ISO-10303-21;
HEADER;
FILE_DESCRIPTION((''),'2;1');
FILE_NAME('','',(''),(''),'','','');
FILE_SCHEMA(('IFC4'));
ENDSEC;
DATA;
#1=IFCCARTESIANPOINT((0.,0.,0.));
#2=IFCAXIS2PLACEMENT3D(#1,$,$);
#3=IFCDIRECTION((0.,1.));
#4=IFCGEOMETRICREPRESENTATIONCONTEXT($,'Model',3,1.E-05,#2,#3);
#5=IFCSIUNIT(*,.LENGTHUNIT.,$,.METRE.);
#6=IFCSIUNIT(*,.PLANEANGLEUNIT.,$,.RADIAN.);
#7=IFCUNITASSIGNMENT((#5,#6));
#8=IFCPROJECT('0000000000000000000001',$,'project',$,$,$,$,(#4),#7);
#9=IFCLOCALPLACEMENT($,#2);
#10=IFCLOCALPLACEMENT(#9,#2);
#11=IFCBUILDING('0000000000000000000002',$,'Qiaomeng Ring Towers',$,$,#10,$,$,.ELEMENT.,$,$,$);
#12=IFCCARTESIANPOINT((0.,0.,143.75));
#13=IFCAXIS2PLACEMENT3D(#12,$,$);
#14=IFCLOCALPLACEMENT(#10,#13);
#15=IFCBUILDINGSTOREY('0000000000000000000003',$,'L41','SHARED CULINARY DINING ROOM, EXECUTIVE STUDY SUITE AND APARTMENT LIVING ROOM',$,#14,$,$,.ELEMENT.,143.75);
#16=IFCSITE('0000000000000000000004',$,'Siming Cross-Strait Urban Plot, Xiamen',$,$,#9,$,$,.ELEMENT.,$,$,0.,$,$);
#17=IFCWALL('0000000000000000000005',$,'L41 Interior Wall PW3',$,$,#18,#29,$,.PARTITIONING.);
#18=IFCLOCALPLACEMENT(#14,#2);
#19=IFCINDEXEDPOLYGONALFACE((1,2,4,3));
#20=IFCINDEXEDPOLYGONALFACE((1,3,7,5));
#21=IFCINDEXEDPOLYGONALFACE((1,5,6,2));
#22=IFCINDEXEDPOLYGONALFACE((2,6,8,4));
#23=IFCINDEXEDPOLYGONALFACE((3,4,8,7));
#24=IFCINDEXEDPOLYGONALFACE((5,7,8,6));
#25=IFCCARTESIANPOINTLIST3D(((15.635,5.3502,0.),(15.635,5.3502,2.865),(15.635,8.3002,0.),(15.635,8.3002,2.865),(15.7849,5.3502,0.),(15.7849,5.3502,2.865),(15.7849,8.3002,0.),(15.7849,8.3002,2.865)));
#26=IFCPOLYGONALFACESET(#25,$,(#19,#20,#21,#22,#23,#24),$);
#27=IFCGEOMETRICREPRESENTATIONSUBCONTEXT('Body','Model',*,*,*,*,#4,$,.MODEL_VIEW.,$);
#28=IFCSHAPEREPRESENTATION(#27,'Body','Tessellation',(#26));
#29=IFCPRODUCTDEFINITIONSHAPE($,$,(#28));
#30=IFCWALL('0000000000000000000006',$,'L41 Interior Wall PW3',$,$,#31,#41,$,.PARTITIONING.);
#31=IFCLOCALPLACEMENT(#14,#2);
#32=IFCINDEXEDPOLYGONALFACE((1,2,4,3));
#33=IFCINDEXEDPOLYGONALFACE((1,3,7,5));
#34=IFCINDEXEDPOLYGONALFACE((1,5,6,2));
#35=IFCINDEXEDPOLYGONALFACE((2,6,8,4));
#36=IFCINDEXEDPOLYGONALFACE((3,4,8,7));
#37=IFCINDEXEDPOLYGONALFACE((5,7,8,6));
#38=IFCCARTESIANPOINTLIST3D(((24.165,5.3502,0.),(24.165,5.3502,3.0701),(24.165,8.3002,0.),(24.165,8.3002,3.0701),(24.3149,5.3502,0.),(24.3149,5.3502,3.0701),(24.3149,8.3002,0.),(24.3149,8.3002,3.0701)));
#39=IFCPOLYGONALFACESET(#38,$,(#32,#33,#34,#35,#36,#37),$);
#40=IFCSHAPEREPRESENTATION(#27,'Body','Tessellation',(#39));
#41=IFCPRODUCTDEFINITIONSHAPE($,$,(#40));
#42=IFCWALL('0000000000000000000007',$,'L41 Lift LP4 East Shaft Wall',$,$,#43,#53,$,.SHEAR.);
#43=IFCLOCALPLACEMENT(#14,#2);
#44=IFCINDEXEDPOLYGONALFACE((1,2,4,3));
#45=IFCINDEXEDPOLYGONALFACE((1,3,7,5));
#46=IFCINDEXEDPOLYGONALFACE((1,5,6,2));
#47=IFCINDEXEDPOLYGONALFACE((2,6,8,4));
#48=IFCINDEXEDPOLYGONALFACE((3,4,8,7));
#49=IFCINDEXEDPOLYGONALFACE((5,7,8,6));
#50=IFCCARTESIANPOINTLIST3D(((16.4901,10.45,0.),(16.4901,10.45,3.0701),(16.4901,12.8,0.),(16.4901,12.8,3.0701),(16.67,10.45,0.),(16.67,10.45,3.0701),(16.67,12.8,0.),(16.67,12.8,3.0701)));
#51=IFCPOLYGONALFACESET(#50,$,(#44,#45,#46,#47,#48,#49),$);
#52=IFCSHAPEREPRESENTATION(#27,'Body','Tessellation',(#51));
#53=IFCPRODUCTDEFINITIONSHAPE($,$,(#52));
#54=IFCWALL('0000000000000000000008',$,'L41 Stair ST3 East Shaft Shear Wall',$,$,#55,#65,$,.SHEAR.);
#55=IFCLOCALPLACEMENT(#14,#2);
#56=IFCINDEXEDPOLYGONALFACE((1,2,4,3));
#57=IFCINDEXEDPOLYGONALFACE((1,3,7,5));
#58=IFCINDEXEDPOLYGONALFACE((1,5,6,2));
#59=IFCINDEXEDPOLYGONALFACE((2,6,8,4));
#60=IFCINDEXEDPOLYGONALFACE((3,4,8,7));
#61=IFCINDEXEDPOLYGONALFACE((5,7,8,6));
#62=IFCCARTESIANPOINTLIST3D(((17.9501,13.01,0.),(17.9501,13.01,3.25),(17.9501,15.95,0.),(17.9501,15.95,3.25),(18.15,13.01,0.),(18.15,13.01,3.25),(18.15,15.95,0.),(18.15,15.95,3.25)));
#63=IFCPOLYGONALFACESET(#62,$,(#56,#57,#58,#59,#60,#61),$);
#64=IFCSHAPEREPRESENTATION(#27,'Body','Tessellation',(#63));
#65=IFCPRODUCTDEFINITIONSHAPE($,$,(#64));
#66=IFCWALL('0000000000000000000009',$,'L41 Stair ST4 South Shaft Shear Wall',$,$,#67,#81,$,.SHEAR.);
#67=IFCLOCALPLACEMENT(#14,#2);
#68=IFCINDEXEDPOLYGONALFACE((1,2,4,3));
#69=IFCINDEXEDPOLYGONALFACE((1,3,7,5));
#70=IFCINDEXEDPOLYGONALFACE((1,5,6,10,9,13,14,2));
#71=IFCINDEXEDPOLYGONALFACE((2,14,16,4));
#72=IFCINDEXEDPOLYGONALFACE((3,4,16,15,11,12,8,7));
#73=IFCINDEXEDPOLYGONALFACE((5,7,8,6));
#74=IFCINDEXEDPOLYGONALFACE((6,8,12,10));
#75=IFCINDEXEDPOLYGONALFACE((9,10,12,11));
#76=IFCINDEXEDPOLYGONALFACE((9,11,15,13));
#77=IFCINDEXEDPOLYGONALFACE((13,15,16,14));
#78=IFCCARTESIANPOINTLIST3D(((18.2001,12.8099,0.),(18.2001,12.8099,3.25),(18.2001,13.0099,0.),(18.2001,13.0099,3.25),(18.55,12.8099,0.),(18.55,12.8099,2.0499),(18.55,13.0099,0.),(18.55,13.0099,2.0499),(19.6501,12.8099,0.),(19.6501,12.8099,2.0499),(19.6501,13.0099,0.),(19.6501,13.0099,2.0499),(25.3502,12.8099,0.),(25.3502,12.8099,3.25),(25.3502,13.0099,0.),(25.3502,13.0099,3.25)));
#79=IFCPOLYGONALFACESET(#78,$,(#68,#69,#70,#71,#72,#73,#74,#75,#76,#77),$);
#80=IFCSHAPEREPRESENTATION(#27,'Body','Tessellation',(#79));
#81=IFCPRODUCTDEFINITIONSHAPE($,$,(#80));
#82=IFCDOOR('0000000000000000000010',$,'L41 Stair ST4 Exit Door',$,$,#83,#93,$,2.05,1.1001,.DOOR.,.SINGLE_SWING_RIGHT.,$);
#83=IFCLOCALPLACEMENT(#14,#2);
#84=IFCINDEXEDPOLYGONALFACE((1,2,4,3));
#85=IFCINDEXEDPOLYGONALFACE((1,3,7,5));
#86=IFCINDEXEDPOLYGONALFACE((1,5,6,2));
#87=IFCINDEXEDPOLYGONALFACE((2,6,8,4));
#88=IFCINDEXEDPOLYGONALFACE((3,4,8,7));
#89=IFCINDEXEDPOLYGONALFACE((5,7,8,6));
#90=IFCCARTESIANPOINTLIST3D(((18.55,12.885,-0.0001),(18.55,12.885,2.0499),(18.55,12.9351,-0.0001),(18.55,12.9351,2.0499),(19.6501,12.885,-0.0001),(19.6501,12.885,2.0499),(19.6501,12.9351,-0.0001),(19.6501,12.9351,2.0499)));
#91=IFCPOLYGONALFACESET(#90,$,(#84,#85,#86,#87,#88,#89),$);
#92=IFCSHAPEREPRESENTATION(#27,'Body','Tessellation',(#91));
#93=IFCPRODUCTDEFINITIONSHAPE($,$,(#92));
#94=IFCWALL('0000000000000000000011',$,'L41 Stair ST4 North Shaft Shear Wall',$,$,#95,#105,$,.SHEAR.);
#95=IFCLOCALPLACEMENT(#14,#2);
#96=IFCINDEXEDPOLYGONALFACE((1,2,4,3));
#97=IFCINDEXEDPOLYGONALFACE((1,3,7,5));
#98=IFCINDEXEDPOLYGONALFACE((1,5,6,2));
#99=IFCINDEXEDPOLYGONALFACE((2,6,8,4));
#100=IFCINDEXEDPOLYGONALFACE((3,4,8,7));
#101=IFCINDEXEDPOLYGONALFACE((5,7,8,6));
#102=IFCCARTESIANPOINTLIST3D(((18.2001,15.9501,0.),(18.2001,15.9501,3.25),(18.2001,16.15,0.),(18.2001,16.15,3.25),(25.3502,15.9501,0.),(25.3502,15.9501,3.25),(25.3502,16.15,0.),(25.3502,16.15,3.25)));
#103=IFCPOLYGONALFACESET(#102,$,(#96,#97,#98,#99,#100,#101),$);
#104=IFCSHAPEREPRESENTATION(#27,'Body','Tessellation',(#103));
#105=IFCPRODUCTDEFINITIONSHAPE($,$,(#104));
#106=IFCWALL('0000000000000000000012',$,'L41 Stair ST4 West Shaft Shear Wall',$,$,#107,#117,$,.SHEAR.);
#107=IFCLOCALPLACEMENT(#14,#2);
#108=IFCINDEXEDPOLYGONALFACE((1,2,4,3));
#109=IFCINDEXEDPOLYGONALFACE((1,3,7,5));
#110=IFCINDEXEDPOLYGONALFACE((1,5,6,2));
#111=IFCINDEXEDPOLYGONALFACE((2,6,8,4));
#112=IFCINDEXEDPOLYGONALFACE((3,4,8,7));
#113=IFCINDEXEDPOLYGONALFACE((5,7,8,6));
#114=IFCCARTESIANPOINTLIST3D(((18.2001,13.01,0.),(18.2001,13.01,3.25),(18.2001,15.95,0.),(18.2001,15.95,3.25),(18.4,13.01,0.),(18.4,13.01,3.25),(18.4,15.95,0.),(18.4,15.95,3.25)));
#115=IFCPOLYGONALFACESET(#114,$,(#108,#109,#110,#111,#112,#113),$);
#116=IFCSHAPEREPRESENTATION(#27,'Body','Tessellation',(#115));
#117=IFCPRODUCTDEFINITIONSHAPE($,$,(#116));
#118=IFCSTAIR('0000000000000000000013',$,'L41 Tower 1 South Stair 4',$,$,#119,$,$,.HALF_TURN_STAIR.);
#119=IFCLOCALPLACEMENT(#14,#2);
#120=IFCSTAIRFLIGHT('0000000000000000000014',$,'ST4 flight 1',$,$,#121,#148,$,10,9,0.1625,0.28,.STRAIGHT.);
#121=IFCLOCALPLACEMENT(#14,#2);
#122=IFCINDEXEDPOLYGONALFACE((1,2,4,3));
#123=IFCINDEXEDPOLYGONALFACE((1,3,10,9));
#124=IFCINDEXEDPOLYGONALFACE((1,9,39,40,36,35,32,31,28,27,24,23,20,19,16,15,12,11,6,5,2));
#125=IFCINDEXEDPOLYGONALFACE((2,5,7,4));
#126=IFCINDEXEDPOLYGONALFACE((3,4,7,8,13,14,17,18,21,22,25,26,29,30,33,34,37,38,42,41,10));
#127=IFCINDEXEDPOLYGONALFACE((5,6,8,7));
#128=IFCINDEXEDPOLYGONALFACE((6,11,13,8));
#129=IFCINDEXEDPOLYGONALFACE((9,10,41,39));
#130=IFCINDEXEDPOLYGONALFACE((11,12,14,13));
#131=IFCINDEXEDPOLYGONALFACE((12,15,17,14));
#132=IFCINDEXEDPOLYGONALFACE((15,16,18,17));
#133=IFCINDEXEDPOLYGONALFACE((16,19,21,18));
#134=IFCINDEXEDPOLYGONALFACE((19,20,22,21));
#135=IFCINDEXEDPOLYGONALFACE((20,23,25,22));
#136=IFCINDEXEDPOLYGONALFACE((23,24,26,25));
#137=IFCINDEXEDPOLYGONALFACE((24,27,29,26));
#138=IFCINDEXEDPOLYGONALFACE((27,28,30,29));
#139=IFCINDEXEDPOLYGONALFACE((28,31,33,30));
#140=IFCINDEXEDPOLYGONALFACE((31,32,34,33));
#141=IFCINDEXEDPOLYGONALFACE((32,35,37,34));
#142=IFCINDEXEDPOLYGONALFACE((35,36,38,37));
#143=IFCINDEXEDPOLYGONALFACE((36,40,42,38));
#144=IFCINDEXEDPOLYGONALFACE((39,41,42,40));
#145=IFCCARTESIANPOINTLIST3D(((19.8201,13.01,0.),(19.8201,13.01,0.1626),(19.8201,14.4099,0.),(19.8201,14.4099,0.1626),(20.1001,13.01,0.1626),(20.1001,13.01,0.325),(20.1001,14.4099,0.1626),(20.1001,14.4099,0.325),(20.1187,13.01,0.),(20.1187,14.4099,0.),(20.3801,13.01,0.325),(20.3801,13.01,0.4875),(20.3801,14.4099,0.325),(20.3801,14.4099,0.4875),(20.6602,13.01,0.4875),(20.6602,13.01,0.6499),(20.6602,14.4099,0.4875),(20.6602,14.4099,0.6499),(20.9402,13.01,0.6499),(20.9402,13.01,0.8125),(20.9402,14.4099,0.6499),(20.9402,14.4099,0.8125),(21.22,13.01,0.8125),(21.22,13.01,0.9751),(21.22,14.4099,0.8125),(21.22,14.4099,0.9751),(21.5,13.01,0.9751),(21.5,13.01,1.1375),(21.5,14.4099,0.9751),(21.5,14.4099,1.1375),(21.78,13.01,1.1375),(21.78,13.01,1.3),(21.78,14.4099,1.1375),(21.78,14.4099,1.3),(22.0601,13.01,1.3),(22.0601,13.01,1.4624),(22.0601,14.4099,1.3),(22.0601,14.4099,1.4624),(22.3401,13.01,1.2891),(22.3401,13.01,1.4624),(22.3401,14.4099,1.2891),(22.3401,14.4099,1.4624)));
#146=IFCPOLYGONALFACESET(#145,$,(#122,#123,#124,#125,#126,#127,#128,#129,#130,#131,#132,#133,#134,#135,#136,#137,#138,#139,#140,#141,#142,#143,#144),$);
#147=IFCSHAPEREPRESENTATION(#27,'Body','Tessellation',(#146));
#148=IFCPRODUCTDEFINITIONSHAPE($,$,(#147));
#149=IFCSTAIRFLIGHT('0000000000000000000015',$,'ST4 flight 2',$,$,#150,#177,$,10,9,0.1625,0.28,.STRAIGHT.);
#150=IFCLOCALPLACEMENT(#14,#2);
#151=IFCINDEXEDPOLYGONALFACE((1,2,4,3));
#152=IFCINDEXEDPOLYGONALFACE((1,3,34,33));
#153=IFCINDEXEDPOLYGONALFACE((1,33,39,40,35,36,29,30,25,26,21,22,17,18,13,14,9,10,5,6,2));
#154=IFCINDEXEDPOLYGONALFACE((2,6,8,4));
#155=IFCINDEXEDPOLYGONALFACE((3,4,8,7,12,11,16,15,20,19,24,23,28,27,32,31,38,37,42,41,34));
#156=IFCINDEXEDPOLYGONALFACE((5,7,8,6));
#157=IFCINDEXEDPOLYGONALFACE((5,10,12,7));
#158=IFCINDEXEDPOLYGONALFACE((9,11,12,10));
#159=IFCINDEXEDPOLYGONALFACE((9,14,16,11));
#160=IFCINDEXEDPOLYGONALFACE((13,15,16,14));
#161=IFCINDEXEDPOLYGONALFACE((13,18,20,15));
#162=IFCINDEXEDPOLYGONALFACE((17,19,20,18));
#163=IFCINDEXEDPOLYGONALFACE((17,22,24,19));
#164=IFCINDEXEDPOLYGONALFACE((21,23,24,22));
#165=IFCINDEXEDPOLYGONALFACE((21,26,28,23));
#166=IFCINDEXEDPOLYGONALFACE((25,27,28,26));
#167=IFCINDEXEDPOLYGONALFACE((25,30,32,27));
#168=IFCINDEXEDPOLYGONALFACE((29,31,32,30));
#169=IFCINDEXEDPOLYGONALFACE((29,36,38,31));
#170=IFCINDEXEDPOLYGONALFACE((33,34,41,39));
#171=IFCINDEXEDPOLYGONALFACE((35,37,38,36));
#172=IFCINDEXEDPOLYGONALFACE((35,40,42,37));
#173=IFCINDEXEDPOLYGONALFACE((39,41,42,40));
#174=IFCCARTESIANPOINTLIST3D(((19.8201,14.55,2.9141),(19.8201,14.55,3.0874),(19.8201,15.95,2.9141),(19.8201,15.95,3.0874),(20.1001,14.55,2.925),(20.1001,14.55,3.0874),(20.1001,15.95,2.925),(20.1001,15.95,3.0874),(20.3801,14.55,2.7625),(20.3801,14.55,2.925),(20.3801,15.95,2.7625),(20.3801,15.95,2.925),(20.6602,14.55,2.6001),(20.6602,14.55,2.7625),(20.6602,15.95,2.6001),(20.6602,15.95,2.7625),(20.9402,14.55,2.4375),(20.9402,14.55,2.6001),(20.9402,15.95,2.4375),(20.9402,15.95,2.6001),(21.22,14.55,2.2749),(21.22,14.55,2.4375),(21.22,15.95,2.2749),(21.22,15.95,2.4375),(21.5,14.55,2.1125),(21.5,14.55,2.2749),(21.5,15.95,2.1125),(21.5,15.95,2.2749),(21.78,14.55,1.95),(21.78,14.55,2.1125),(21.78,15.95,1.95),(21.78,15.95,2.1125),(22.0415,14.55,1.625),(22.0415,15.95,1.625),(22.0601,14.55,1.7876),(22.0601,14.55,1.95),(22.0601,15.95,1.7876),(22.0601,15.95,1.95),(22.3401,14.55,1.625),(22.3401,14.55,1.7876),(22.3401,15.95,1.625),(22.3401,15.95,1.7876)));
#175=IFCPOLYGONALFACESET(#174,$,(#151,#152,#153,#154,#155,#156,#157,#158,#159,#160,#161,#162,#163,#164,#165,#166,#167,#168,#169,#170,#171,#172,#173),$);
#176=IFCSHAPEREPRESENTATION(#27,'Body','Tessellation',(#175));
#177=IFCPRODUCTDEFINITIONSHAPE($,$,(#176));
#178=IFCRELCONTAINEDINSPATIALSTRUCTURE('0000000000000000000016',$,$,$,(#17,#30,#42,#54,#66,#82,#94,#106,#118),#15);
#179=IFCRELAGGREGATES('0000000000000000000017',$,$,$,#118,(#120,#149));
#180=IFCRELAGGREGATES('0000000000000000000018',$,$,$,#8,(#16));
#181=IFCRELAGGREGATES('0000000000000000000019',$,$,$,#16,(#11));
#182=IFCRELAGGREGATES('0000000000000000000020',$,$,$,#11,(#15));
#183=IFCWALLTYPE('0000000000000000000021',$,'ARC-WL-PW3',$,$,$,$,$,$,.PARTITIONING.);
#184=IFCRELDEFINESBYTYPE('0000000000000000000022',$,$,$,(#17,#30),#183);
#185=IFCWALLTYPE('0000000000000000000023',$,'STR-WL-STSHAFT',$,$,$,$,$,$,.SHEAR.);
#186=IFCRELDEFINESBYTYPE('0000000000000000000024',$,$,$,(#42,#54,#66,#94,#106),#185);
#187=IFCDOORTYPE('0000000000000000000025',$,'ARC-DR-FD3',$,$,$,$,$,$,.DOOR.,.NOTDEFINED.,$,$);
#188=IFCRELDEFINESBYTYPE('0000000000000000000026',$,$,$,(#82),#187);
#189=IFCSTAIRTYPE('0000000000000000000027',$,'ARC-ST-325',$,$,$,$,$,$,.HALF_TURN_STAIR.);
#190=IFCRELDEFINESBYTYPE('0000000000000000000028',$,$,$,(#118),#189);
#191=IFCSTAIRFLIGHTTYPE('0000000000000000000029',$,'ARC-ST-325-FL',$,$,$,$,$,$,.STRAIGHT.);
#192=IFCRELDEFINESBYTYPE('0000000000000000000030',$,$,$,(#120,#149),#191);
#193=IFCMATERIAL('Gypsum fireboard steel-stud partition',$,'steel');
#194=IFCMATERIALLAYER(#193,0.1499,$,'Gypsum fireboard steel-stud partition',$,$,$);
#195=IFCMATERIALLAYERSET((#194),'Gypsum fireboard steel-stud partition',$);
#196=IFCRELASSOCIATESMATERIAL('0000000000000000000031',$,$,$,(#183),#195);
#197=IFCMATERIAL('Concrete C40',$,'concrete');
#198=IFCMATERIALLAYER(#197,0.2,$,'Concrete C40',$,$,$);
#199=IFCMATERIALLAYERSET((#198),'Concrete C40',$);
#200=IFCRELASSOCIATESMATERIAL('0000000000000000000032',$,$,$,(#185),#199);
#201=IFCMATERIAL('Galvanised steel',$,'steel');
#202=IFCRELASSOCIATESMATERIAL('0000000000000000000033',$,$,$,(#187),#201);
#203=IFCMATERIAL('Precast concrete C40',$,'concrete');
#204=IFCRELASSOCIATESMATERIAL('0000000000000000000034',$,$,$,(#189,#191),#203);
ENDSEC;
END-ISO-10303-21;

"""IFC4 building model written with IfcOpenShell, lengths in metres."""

from ifc_helpers import new_model, si_unit, direction, frame, frame_2d, origin, place, context, subcontext, project, spatial, polyline, rectangle, outline, extrude, source, transform, mapped, material, layer, layer_set, type_object, element, fill, aggregate, save


model = new_model("IFC4")

# Units and contexts
model_context = context("Model", 3, precision=1e-05, world=origin(), true_north=direction((0.0, 1.0)))
body_context = subcontext(model_context, "Body", "Model", "MODEL_VIEW")
ifc_project = project(units=[si_unit("LENGTHUNIT", "METRE"), si_unit("PLANEANGLEUNIT", "RADIAN")], contexts=[model_context])

# Site, building, storey
site_placement = place(None, origin())
site = spatial("IfcSite", under=ifc_project, at=site_placement, Name="Siming Cross-Strait Urban Plot, Xiamen", CompositionType="ELEMENT", RefElevation=0.0)
building_placement = place(site_placement, origin())
building = spatial("IfcBuilding", under=site, at=building_placement, Name="Qiaomeng Ring Towers", CompositionType="ELEMENT")
storey_placement = place(building_placement, frame((0.0, 0.0, 143.75)))
storey = spatial("IfcBuildingStorey", under=building, at=storey_placement, Name="L41", Description="SHARED CULINARY DINING ROOM, EXECUTIVE STUDY SUITE AND APARTMENT LIVING ROOM", CompositionType="ELEMENT", Elevation=143.75)

# Walls
ifc_material_1 = material(Name="Gypsum fireboard steel-stud partition", Category="steel")
ifc_layer_1 = layer(ifc_material_1, 0.1499, Name="Gypsum fireboard steel-stud partition")
ifc_layer_set_1 = layer_set([ifc_layer_1], Name="Gypsum fireboard steel-stud partition")
wall_type_1 = type_object("IfcWallType", Name="ARC-WL-PW3", PredefinedType="PARTITIONING", material=ifc_layer_set_1)
wall_1_placement = place(storey_placement, frame((15.71, 5.3501, 0.0), z_axis=(0.0, 0.0, 1.0), x_axis=(0.0, 1.0, 0.0)))
element("IfcWall", 1, at=wall_1_placement, inside=storey, type_object=wall_type_1, Name="L41 Interior Wall PW3", PredefinedType="PARTITIONING", context=body_context, shape_type="SweptSolid", body=[
    extrude(rectangle(XDim=2.95, YDim=0.1499, at=frame_2d((1.4751, 0.0))), origin(), (0.0, 0.0, 1.0), 2.865),
])
wall_2_placement = place(storey_placement, frame((24.24, 5.3501, 0.0), z_axis=(0.0, 0.0, 1.0), x_axis=(0.0, 1.0, 0.0)))
element("IfcWall", 2, at=wall_2_placement, inside=storey, type_object=wall_type_1, Name="L41 Interior Wall PW3", PredefinedType="PARTITIONING", context=body_context, shape_type="SweptSolid", body=[
    extrude(rectangle(XDim=2.95, YDim=0.1499, at=frame_2d((1.4751, 0.0))), origin(), (0.0, 0.0, 1.0), 3.0701),
])
ifc_material_2 = material(Name="Concrete C40", Category="concrete")
ifc_layer_2 = layer(ifc_material_2, 0.2, Name="Concrete C40")
ifc_layer_set_2 = layer_set([ifc_layer_2], Name="Concrete C40")
wall_type_2 = type_object("IfcWallType", Name="STR-WL-STSHAFT", PredefinedType="SHEAR", material=ifc_layer_set_2)
wall_3_placement = place(storey_placement, frame((16.5801, 10.45, 0.0), z_axis=(0.0, 0.0, 1.0), x_axis=(0.0, 1.0, 0.0)))
element("IfcWall", 3, at=wall_3_placement, inside=storey, type_object=wall_type_2, Name="L41 Lift LP4 East Shaft Wall", PredefinedType="SHEAR", context=body_context, shape_type="SweptSolid", body=[
    extrude(rectangle(XDim=2.3501, YDim=0.1799, at=frame_2d((1.175, 0.0))), origin(), (0.0, 0.0, 1.0), 3.0701),
])
wall_4_placement = place(storey_placement, frame((18.05, 13.01, 0.0), z_axis=(0.0, 0.0, 1.0), x_axis=(0.0, 1.0, 0.0)))
element("IfcWall", 4, at=wall_4_placement, inside=storey, type_object=wall_type_2, Name="L41 Stair ST3 East Shaft Shear Wall", PredefinedType="SHEAR", context=body_context, shape_type="SweptSolid", body=[
    extrude(rectangle(XDim=2.9399, YDim=0.2, at=frame_2d((1.47, 0.0))), origin(), (0.0, 0.0, 1.0), 3.25),
])

# Wall, opening, door
wall_5_placement = place(storey_placement, frame((18.2, 12.9099, 0.0), z_axis=(0.0, 0.0, 1.0), x_axis=(1.0, 0.0, 0.0)))
wall_5 = element("IfcWall", 5, at=wall_5_placement, inside=storey, type_object=wall_type_2, Name="L41 Stair ST4 South Shaft Shear Wall", PredefinedType="SHEAR", context=body_context, shape_type="SweptSolid", body=[
    extrude(rectangle(XDim=7.1501, YDim=0.2, at=frame_2d((3.5752, 0.0))), origin(), (0.0, 0.0, 1.0), 3.25),
])
opening_placement = place(wall_5_placement, frame((0.3501, 0.0, 0.0)))
opening = element("IfcOpeningElement", 6, at=opening_placement, cuts=wall_5, PredefinedType="OPENING", context=body_context, shape_type="SweptSolid", body=[
    extrude(rectangle(XDim=1.1001, YDim=2.05, at=frame_2d((0.55, 1.0249))), frame((0.0, 0.1099, 0.0), z_axis=(0.0, -1.0, 0.0), x_axis=(1.0, 0.0, 0.0)), (0.0, 0.0, 1.0), 0.22),
])
ifc_material_3 = material(Name="Galvanised steel", Category="steel")
door_type = type_object("IfcDoorType", Name="ARC-DR-FD3", OperationType="NOTDEFINED", PredefinedType="DOOR", material=ifc_material_3)
shared_shape_1 = source(origin(), body_context, "Body", "SweptSolid", [
    extrude(rectangle(XDim=1.1001, YDim=2.05, at=frame_2d((0.55, 1.0249))), frame((0.0, 0.0249, 0.0), z_axis=(0.0, -1.0, 0.0), x_axis=(1.0, 0.0, 0.0)), (0.0, 0.0, 1.0), 0.05),
])
door_placement = place(opening_placement, frame((1.1001, 0.0, 0.0), z_axis=(0.0, 0.0, 1.0), x_axis=(-1.0, 0.0, 0.0)))
door = element("IfcDoor", 7, at=door_placement, inside=storey, type_object=door_type, Name="L41 Stair ST4 Exit Door", OperationType="SINGLE_SWING_RIGHT", OverallHeight=2.05, OverallWidth=1.1001, PredefinedType="DOOR", context=body_context, shape_type="MappedRepresentation", body=[
    mapped(shared_shape_1, transform((0.0, 0.0, 0.0), x_axis=(1.0, 0.0, 0.0), y_axis=(0.0, 1.0, 0.0), z_axis=(0.0, 0.0, 1.0), scale=1.0)),
])
fill(opening, door)

# Walls
wall_6_placement = place(storey_placement, frame((18.2, 16.05, 0.0), z_axis=(0.0, 0.0, 1.0), x_axis=(1.0, 0.0, 0.0)))
element("IfcWall", 8, at=wall_6_placement, inside=storey, type_object=wall_type_2, Name="L41 Stair ST4 North Shaft Shear Wall", PredefinedType="SHEAR", context=body_context, shape_type="SweptSolid", body=[
    extrude(rectangle(XDim=7.1501, YDim=0.2, at=frame_2d((3.5752, 0.0))), origin(), (0.0, 0.0, 1.0), 3.25),
])
wall_7_placement = place(storey_placement, frame((18.3, 13.01, 0.0), z_axis=(0.0, 0.0, 1.0), x_axis=(0.0, 1.0, 0.0)))
element("IfcWall", 9, at=wall_7_placement, inside=storey, type_object=wall_type_2, Name="L41 Stair ST4 West Shaft Shear Wall", PredefinedType="SHEAR", context=body_context, shape_type="SweptSolid", body=[
    extrude(rectangle(XDim=2.9399, YDim=0.2, at=frame_2d((1.47, 0.0))), origin(), (0.0, 0.0, 1.0), 3.25),
])

# Stair, stair flights
ifc_material_4 = material(Name="Precast concrete C40", Category="concrete")
stair_type = type_object("IfcStairType", Name="ARC-ST-325", PredefinedType="HALF_TURN_STAIR", material=ifc_material_4)
stair_placement = place(storey_placement, origin())
stair = element("IfcStair", 10, at=stair_placement, inside=storey, type_object=stair_type, Name="L41 Tower 1 South Stair 4", PredefinedType="HALF_TURN_STAIR")
stair_flight_type = type_object("IfcStairFlightType", Name="ARC-ST-325-FL", PredefinedType="STRAIGHT", material=ifc_material_4)
shared_shape_2 = source(origin(), body_context, "Body", "SweptSolid", [
    extrude(outline(polyline([(0.0, 0.0), (0.0, 0.1626), (0.28, 0.1626), (0.28, 0.325), (0.5601, 0.325), (0.5601, 0.4875), (0.8401, 0.4875), (0.8401, 0.6499), (1.1201, 0.6499), (1.1201, 0.8125), (1.3999, 0.8125), (1.3999, 0.9751), (1.6799, 0.9751), (1.6799, 1.1375), (1.96, 1.1375), (1.96, 1.3), (2.24, 1.3), (2.24, 1.4624), (2.52, 1.4624), (2.52, 1.625), (2.52, 1.2891), (0.2986, 0.0), (0.0, 0.0)])), frame((0.0, 0.7, 0.0), z_axis=(0.0, -1.0, 0.0), x_axis=(1.0, 0.0, 0.0)), (0.0, 0.0, 1.0), 1.3999),
])
stair_flight_1_placement = place(storey_placement, frame((19.8201, 13.71, 0.0), z_axis=(0.0, 0.0, 1.0), x_axis=(1.0, 0.0, 0.0)))
stair_flight_1 = element("IfcStairFlight", 11, at=stair_flight_1_placement, type_object=stair_flight_type, Name="ST4 flight 1", NumberOfRisers=10, NumberOfTreads=9, PredefinedType="STRAIGHT", RiserHeight=0.1625, TreadLength=0.28, context=body_context, shape_type="MappedRepresentation", body=[
    mapped(shared_shape_2, transform((0.0, 0.0, 0.0), x_axis=(1.0, 0.0, 0.0), y_axis=(0.0, 1.0, 0.0), z_axis=(0.0, 0.0, 1.0), scale=1.0)),
])
stair_flight_2_placement = place(storey_placement, frame((22.3401, 15.25, 1.625), z_axis=(0.0, 0.0, 1.0), x_axis=(-1.0, 0.0, 0.0)))
stair_flight_2 = element("IfcStairFlight", 12, at=stair_flight_2_placement, type_object=stair_flight_type, Name="ST4 flight 2", NumberOfRisers=10, NumberOfTreads=9, PredefinedType="STRAIGHT", RiserHeight=0.1625, TreadLength=0.28, context=body_context, shape_type="MappedRepresentation", body=[
    mapped(shared_shape_2, transform((0.0, 0.0, 0.0), x_axis=(1.0, 0.0, 0.0), y_axis=(0.0, 1.0, 0.0), z_axis=(0.0, 0.0, 1.0), scale=1.0)),
])
aggregate(stair, [stair_flight_1, stair_flight_2])

save(model, "model.ifc")
